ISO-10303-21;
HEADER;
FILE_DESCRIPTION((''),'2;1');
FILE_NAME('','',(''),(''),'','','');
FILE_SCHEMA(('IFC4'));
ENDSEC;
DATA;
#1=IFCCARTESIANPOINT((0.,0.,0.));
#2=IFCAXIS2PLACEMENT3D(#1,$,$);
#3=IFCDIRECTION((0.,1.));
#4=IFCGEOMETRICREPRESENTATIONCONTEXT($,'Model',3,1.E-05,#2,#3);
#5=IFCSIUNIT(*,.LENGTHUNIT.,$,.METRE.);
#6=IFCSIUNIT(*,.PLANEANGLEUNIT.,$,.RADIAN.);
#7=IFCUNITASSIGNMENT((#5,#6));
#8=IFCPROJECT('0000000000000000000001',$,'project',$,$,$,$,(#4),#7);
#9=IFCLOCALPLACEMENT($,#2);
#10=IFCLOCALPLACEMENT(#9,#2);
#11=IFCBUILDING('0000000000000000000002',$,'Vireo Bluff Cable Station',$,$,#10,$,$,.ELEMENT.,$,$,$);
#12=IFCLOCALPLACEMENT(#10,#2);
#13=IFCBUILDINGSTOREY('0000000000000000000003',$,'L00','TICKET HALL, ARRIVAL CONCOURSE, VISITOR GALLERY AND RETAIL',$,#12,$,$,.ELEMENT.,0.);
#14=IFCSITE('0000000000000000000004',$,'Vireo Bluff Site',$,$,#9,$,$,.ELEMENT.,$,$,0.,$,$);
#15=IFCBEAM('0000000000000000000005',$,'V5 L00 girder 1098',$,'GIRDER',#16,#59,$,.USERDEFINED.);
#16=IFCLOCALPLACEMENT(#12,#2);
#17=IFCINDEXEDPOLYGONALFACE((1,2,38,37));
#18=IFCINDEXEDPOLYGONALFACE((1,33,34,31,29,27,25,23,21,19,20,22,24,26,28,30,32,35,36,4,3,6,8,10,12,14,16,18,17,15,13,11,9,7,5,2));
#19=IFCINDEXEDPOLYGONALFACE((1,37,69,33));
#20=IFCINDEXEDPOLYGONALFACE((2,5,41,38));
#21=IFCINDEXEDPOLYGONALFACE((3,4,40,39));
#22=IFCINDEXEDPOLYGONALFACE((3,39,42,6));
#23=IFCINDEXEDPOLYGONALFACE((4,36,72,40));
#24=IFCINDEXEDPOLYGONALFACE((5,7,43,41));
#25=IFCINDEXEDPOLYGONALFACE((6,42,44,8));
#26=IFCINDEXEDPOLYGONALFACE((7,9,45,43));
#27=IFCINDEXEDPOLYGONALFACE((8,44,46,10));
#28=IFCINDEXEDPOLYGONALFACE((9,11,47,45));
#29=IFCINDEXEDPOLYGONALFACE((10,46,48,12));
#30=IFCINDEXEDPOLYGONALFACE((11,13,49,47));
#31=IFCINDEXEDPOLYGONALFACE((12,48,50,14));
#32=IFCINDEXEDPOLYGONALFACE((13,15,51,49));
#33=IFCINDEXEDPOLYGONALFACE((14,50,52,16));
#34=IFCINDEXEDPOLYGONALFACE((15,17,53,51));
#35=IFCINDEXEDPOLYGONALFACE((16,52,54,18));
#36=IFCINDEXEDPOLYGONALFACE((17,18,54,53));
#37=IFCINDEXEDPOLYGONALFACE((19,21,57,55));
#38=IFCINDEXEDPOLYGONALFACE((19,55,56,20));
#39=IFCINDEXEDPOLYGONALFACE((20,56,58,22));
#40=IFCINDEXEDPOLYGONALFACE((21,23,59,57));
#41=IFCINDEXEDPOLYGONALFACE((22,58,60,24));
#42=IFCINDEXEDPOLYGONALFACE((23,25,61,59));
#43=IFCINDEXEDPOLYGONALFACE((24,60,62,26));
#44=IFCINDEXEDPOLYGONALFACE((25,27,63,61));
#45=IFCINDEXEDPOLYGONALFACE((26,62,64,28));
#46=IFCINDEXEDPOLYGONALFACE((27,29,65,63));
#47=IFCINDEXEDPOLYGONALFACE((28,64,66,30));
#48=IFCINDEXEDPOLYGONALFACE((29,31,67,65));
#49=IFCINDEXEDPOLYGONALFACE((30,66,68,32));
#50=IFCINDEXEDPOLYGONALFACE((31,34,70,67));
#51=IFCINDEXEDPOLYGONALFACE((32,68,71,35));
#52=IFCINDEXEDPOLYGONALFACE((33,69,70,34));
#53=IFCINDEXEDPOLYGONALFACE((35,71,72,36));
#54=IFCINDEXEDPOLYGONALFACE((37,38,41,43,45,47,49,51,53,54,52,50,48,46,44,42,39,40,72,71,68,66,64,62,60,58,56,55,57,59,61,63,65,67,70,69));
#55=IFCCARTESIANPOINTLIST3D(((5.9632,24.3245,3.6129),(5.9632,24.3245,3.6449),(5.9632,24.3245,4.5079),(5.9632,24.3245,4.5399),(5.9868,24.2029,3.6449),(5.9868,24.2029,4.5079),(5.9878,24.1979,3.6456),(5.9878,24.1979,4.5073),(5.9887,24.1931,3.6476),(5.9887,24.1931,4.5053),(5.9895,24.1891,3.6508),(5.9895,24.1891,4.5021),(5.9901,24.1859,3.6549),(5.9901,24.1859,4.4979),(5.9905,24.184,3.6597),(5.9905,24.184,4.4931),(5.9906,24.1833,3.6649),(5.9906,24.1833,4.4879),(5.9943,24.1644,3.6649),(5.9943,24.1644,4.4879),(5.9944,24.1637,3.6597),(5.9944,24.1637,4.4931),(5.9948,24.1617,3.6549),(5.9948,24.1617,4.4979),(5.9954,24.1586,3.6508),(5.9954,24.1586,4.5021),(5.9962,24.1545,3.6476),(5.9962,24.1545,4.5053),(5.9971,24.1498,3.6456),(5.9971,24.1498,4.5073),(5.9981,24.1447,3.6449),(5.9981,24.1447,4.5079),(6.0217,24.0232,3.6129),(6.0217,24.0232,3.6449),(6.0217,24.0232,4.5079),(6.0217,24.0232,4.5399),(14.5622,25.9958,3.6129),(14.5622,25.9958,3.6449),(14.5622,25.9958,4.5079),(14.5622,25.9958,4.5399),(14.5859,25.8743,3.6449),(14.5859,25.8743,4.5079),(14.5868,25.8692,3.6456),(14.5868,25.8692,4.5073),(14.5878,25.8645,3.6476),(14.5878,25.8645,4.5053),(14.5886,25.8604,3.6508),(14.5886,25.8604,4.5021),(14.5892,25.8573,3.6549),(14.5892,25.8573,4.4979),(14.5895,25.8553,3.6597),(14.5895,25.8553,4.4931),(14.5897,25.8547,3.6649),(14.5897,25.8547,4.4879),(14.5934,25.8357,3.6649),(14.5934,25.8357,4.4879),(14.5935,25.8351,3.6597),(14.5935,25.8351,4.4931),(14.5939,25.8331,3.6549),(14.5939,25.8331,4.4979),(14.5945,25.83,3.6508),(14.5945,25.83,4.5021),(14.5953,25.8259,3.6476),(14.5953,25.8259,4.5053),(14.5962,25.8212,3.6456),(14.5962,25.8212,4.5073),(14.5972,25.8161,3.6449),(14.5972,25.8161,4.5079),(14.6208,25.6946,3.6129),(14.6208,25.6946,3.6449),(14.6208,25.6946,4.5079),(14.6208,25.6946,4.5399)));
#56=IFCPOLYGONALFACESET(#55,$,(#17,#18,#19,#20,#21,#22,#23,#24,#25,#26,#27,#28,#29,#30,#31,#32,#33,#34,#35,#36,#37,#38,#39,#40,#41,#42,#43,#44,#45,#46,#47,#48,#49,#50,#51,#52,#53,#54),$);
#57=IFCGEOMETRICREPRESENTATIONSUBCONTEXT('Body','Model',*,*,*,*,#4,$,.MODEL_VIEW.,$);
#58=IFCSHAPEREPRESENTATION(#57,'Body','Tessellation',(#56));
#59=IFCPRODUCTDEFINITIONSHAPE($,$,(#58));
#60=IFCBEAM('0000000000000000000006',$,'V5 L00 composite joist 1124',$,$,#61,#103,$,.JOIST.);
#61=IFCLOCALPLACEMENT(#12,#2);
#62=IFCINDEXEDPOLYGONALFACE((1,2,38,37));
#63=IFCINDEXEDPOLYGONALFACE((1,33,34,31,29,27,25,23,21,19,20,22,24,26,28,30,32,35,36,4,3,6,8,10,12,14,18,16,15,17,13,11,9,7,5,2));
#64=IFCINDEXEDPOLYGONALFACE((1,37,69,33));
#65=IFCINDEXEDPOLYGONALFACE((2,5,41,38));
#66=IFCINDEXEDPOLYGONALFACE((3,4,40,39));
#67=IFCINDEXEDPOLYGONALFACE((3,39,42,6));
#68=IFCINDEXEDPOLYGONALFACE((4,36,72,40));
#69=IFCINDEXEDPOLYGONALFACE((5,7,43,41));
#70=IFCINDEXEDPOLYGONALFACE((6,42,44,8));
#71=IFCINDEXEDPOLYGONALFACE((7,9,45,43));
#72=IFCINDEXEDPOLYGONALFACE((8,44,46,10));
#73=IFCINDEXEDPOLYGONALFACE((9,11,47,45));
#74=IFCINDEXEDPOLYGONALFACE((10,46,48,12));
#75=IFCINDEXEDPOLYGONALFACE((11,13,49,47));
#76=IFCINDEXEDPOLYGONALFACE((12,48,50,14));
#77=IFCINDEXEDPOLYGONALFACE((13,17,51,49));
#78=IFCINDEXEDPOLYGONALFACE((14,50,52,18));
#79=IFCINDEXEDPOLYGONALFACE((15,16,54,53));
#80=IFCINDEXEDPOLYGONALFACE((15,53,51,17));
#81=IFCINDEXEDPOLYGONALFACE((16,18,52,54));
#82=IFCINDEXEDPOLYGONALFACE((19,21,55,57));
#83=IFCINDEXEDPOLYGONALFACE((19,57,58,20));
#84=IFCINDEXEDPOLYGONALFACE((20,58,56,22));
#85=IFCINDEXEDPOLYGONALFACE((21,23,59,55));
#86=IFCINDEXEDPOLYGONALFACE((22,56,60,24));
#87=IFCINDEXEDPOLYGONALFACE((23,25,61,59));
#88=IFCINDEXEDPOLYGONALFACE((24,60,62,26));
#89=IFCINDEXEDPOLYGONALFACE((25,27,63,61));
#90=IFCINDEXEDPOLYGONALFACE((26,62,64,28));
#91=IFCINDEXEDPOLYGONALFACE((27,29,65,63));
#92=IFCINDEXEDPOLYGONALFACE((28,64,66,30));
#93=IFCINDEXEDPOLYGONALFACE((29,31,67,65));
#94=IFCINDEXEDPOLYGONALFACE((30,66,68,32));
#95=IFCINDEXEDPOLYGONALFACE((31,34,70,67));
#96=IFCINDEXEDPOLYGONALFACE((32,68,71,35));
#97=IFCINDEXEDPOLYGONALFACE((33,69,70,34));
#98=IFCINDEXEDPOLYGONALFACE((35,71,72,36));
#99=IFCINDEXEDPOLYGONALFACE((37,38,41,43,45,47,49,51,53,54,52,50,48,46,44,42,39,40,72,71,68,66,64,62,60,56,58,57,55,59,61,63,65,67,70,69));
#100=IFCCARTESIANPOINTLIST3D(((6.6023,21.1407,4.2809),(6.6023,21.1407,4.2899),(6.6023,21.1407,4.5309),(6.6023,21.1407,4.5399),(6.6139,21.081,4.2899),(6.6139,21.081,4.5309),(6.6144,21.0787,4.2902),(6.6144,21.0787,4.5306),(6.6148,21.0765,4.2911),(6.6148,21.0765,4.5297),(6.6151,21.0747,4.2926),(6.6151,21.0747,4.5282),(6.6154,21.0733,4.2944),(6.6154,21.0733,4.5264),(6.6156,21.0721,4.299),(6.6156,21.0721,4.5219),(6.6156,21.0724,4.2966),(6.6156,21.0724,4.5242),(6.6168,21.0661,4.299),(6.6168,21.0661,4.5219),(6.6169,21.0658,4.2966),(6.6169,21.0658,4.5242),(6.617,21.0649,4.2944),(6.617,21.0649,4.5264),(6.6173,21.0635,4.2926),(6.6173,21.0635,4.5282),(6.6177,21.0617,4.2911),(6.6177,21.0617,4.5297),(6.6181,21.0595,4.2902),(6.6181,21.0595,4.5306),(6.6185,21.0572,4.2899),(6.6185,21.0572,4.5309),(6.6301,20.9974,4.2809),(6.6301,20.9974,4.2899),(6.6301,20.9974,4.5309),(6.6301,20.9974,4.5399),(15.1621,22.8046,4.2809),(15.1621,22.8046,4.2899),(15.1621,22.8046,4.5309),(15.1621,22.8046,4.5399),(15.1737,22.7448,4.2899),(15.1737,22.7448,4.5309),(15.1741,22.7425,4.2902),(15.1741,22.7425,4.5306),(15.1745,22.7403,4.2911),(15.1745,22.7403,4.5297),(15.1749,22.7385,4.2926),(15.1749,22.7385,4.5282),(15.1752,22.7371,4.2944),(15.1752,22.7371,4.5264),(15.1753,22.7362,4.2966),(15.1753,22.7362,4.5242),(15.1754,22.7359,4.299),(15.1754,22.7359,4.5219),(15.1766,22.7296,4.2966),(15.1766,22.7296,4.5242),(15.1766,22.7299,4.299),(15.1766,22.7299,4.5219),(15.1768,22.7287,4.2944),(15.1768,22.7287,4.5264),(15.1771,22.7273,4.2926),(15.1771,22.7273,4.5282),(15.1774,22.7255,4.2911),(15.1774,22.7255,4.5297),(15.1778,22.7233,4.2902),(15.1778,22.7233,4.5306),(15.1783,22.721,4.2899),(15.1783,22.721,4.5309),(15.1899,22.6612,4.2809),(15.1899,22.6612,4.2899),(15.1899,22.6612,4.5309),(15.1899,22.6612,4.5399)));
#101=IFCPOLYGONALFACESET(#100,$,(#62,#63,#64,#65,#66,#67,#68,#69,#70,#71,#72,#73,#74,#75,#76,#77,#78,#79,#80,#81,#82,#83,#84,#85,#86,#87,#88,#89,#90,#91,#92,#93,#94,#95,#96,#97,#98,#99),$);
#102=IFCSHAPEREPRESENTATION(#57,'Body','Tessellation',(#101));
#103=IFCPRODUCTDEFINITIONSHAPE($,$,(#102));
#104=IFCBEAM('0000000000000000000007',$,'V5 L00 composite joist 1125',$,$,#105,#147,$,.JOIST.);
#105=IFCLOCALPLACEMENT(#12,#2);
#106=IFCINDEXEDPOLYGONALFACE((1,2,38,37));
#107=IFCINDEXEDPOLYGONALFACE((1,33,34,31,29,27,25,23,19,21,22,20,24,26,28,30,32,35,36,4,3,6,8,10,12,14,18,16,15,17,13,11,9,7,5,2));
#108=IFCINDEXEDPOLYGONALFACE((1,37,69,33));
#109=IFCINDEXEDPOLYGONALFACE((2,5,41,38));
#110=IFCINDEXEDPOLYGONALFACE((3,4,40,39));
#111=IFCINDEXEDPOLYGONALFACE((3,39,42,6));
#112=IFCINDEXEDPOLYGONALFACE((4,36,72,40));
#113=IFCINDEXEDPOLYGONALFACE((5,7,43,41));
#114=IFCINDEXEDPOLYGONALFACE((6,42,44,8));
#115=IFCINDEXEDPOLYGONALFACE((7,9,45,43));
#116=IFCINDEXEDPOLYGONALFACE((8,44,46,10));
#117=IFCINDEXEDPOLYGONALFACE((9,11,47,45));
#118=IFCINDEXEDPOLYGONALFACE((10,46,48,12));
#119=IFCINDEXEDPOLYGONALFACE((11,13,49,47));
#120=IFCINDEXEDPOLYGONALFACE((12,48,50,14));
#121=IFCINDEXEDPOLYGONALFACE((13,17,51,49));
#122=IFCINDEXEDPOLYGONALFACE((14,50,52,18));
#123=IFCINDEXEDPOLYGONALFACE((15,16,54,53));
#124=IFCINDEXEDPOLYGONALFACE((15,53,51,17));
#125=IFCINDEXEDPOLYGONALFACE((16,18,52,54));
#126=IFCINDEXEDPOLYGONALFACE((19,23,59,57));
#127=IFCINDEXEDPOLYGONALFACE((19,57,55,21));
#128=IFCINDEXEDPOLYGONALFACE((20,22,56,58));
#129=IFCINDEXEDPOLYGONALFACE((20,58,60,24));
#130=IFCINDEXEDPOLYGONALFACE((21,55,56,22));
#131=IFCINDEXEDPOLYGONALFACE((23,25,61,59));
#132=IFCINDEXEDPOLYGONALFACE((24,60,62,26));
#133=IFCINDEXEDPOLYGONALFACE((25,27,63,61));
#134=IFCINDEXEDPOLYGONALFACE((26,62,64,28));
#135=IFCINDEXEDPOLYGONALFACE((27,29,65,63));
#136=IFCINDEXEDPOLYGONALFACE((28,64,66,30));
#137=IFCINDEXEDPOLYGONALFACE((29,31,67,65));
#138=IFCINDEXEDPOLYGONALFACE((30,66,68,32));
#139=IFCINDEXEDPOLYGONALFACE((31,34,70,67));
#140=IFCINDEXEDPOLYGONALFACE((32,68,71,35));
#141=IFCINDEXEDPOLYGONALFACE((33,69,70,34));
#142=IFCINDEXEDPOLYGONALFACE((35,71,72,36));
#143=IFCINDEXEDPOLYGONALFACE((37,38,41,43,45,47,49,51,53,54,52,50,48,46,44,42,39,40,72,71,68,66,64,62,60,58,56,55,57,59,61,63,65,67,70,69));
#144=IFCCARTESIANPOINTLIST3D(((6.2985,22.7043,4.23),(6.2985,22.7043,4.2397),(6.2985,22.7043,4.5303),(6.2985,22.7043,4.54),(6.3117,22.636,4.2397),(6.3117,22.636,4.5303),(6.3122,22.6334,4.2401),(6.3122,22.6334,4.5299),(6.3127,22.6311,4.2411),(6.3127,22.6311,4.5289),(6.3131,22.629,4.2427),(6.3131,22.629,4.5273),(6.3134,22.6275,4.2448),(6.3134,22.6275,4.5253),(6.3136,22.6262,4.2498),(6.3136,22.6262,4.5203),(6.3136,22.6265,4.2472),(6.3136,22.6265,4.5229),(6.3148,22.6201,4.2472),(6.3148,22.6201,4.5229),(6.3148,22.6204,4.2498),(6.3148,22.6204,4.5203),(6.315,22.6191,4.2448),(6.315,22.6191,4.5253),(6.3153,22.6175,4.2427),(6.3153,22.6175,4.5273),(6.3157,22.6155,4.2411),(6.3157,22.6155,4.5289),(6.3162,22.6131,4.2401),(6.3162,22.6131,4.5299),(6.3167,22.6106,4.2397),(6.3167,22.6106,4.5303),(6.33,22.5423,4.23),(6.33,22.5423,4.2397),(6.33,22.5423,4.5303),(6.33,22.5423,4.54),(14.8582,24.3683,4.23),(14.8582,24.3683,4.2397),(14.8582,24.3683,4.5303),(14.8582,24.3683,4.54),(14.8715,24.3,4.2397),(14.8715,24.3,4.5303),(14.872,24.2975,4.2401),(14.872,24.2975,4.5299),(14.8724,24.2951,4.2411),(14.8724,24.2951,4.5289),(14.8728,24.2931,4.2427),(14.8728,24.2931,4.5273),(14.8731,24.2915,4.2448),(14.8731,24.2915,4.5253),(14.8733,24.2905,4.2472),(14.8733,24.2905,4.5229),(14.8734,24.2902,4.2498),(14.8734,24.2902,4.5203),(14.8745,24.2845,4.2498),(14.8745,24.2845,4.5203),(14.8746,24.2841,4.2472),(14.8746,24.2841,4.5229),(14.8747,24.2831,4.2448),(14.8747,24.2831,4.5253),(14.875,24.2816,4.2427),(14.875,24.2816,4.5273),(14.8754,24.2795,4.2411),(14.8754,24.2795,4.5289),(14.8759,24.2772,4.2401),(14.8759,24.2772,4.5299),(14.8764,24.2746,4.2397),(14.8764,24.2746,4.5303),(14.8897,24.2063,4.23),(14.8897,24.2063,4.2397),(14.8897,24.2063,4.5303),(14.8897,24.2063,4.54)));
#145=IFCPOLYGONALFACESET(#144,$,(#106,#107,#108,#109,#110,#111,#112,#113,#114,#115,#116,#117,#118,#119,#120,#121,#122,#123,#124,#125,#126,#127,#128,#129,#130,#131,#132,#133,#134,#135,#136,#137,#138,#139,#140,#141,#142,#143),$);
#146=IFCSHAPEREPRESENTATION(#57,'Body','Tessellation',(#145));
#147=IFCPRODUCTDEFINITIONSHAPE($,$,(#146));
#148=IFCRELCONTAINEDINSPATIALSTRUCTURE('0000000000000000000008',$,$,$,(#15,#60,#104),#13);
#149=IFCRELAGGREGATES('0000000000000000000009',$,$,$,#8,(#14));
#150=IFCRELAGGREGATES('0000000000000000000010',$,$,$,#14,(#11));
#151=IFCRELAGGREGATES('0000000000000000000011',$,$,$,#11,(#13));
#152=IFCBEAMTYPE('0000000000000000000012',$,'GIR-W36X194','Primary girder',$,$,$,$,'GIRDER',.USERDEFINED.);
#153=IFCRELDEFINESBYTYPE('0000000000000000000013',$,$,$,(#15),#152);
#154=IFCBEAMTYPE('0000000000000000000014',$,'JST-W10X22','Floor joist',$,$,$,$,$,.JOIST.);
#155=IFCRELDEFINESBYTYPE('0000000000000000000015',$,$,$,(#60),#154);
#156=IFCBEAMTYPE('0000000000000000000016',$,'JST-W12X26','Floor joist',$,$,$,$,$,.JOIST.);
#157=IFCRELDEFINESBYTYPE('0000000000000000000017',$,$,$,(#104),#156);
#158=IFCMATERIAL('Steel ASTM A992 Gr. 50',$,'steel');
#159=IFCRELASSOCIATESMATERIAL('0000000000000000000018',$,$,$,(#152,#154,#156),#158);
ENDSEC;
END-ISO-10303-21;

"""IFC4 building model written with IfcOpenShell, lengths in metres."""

from ifc_helpers import new_model, si_unit, direction, frame, origin, origin_2d, place, context, subcontext, project, spatial, i_section, extrude, material, material_profile, profile_set, type_object, element, save


model = new_model("IFC4")

# Units and contexts
model_context = context("Model", 3, precision=1e-05, world=origin(), true_north=direction((0.0, 1.0)))
body_context = subcontext(model_context, "Body", "Model", "MODEL_VIEW")
ifc_project = project(units=[si_unit("LENGTHUNIT", "METRE"), si_unit("PLANEANGLEUNIT", "RADIAN")], contexts=[model_context])

# Site, building, storey
site_placement = place(None, origin())
site = spatial("IfcSite", under=ifc_project, at=site_placement, Name="Vireo Bluff Site", CompositionType="ELEMENT", RefElevation=0.0)
building_placement = place(site_placement, origin())
building = spatial("IfcBuilding", under=site, at=building_placement, Name="Vireo Bluff Cable Station", CompositionType="ELEMENT")
storey_placement = place(building_placement, origin())
storey = spatial("IfcBuildingStorey", under=building, at=storey_placement, Name="L00", Description="TICKET HALL, ARRIVAL CONCOURSE, VISITOR GALLERY AND RETAIL", CompositionType="ELEMENT", Elevation=0.0)

# Shared definitions
ifc_material_1 = material(Name="Steel ASTM A992 Gr. 50", Category="steel")

# Beams
ifc_material_profile_1 = material_profile(ifc_material_1, i_section(OverallWidth=0.3069, OverallDepth=0.927, WebThickness=0.0193, FlangeThickness=0.032, FilletRadius=0.02, at=origin_2d()), Name="W36X194")
ifc_profile_set_1 = profile_set([ifc_material_profile_1], Name="Steel ASTM A992 Gr. 50")
beam_type_1 = type_object("IfcBeamType", Name="GIR-W36X194", Description="Primary girder", ElementType="GIRDER", PredefinedType="USERDEFINED", material=ifc_profile_set_1)
beam_1_placement = place(storey_placement, frame((5.9924, 24.1738, 4.0764), z_axis=(0.98163, 0.190797, 0.0), x_axis=(-0.190797, 0.98163, 0.0)))
element("IfcBeam", 1, at=beam_1_placement, inside=storey, type_object=beam_type_1, Name="V5 L00 girder 1098", ObjectType="GIRDER", PredefinedType="USERDEFINED", context=body_context, shape_type="SweptSolid", body=[
    extrude(i_section(OverallWidth=0.3069, OverallDepth=0.927, WebThickness=0.0193, FlangeThickness=0.032, FilletRadius=0.02, at=origin_2d()), origin(), (0.0, 0.0, 1.0), 8.76),
])
ifc_material_profile_2 = material_profile(ifc_material_1, i_section(OverallWidth=0.146, OverallDepth=0.259, WebThickness=0.0061, FlangeThickness=0.009, FilletRadius=0.009, at=origin_2d()), Name="W10X22")
ifc_profile_set_2 = profile_set([ifc_material_profile_2], Name="Steel ASTM A992 Gr. 50")
beam_type_2 = type_object("IfcBeamType", Name="JST-W10X22", Description="Floor joist", PredefinedType="JOIST", material=ifc_profile_set_2)
beam_2_placement = place(storey_placement, frame((6.6162, 21.0691, 4.4104), z_axis=(0.981628, 0.190804, 0.0), x_axis=(-0.190804, 0.981628, 0.0)))
element("IfcBeam", 2, at=beam_2_placement, inside=storey, type_object=beam_type_2, Name="V5 L00 composite joist 1124", PredefinedType="JOIST", context=body_context, shape_type="SweptSolid", body=[
    extrude(i_section(OverallWidth=0.146, OverallDepth=0.259, WebThickness=0.0061, FlangeThickness=0.009, FilletRadius=0.009, at=origin_2d()), origin(), (0.0, 0.0, 1.0), 8.72),
])
ifc_material_profile_3 = material_profile(ifc_material_1, i_section(OverallWidth=0.165, OverallDepth=0.3101, WebThickness=0.0059, FlangeThickness=0.0098, FilletRadius=0.01, at=origin_2d()), Name="W12X26")
ifc_profile_set_3 = profile_set([ifc_material_profile_3], Name="Steel ASTM A992 Gr. 50")
beam_type_3 = type_object("IfcBeamType", Name="JST-W12X26", Description="Floor joist", PredefinedType="JOIST", material=ifc_profile_set_3)
beam_3_placement = place(storey_placement, frame((6.3142, 22.6233, 4.385), z_axis=(0.981623, 0.190831, 0.0), x_axis=(-0.190831, 0.981623, 0.0)))
element("IfcBeam", 3, at=beam_3_placement, inside=storey, type_object=beam_type_3, Name="V5 L00 composite joist 1125", PredefinedType="JOIST", context=body_context, shape_type="SweptSolid", body=[
    extrude(i_section(OverallWidth=0.165, OverallDepth=0.3101, WebThickness=0.0059, FlangeThickness=0.0098, FilletRadius=0.01, at=origin_2d()), origin(), (0.0, 0.0, 1.0), 8.72),
])

save(model, "model.ifc")
